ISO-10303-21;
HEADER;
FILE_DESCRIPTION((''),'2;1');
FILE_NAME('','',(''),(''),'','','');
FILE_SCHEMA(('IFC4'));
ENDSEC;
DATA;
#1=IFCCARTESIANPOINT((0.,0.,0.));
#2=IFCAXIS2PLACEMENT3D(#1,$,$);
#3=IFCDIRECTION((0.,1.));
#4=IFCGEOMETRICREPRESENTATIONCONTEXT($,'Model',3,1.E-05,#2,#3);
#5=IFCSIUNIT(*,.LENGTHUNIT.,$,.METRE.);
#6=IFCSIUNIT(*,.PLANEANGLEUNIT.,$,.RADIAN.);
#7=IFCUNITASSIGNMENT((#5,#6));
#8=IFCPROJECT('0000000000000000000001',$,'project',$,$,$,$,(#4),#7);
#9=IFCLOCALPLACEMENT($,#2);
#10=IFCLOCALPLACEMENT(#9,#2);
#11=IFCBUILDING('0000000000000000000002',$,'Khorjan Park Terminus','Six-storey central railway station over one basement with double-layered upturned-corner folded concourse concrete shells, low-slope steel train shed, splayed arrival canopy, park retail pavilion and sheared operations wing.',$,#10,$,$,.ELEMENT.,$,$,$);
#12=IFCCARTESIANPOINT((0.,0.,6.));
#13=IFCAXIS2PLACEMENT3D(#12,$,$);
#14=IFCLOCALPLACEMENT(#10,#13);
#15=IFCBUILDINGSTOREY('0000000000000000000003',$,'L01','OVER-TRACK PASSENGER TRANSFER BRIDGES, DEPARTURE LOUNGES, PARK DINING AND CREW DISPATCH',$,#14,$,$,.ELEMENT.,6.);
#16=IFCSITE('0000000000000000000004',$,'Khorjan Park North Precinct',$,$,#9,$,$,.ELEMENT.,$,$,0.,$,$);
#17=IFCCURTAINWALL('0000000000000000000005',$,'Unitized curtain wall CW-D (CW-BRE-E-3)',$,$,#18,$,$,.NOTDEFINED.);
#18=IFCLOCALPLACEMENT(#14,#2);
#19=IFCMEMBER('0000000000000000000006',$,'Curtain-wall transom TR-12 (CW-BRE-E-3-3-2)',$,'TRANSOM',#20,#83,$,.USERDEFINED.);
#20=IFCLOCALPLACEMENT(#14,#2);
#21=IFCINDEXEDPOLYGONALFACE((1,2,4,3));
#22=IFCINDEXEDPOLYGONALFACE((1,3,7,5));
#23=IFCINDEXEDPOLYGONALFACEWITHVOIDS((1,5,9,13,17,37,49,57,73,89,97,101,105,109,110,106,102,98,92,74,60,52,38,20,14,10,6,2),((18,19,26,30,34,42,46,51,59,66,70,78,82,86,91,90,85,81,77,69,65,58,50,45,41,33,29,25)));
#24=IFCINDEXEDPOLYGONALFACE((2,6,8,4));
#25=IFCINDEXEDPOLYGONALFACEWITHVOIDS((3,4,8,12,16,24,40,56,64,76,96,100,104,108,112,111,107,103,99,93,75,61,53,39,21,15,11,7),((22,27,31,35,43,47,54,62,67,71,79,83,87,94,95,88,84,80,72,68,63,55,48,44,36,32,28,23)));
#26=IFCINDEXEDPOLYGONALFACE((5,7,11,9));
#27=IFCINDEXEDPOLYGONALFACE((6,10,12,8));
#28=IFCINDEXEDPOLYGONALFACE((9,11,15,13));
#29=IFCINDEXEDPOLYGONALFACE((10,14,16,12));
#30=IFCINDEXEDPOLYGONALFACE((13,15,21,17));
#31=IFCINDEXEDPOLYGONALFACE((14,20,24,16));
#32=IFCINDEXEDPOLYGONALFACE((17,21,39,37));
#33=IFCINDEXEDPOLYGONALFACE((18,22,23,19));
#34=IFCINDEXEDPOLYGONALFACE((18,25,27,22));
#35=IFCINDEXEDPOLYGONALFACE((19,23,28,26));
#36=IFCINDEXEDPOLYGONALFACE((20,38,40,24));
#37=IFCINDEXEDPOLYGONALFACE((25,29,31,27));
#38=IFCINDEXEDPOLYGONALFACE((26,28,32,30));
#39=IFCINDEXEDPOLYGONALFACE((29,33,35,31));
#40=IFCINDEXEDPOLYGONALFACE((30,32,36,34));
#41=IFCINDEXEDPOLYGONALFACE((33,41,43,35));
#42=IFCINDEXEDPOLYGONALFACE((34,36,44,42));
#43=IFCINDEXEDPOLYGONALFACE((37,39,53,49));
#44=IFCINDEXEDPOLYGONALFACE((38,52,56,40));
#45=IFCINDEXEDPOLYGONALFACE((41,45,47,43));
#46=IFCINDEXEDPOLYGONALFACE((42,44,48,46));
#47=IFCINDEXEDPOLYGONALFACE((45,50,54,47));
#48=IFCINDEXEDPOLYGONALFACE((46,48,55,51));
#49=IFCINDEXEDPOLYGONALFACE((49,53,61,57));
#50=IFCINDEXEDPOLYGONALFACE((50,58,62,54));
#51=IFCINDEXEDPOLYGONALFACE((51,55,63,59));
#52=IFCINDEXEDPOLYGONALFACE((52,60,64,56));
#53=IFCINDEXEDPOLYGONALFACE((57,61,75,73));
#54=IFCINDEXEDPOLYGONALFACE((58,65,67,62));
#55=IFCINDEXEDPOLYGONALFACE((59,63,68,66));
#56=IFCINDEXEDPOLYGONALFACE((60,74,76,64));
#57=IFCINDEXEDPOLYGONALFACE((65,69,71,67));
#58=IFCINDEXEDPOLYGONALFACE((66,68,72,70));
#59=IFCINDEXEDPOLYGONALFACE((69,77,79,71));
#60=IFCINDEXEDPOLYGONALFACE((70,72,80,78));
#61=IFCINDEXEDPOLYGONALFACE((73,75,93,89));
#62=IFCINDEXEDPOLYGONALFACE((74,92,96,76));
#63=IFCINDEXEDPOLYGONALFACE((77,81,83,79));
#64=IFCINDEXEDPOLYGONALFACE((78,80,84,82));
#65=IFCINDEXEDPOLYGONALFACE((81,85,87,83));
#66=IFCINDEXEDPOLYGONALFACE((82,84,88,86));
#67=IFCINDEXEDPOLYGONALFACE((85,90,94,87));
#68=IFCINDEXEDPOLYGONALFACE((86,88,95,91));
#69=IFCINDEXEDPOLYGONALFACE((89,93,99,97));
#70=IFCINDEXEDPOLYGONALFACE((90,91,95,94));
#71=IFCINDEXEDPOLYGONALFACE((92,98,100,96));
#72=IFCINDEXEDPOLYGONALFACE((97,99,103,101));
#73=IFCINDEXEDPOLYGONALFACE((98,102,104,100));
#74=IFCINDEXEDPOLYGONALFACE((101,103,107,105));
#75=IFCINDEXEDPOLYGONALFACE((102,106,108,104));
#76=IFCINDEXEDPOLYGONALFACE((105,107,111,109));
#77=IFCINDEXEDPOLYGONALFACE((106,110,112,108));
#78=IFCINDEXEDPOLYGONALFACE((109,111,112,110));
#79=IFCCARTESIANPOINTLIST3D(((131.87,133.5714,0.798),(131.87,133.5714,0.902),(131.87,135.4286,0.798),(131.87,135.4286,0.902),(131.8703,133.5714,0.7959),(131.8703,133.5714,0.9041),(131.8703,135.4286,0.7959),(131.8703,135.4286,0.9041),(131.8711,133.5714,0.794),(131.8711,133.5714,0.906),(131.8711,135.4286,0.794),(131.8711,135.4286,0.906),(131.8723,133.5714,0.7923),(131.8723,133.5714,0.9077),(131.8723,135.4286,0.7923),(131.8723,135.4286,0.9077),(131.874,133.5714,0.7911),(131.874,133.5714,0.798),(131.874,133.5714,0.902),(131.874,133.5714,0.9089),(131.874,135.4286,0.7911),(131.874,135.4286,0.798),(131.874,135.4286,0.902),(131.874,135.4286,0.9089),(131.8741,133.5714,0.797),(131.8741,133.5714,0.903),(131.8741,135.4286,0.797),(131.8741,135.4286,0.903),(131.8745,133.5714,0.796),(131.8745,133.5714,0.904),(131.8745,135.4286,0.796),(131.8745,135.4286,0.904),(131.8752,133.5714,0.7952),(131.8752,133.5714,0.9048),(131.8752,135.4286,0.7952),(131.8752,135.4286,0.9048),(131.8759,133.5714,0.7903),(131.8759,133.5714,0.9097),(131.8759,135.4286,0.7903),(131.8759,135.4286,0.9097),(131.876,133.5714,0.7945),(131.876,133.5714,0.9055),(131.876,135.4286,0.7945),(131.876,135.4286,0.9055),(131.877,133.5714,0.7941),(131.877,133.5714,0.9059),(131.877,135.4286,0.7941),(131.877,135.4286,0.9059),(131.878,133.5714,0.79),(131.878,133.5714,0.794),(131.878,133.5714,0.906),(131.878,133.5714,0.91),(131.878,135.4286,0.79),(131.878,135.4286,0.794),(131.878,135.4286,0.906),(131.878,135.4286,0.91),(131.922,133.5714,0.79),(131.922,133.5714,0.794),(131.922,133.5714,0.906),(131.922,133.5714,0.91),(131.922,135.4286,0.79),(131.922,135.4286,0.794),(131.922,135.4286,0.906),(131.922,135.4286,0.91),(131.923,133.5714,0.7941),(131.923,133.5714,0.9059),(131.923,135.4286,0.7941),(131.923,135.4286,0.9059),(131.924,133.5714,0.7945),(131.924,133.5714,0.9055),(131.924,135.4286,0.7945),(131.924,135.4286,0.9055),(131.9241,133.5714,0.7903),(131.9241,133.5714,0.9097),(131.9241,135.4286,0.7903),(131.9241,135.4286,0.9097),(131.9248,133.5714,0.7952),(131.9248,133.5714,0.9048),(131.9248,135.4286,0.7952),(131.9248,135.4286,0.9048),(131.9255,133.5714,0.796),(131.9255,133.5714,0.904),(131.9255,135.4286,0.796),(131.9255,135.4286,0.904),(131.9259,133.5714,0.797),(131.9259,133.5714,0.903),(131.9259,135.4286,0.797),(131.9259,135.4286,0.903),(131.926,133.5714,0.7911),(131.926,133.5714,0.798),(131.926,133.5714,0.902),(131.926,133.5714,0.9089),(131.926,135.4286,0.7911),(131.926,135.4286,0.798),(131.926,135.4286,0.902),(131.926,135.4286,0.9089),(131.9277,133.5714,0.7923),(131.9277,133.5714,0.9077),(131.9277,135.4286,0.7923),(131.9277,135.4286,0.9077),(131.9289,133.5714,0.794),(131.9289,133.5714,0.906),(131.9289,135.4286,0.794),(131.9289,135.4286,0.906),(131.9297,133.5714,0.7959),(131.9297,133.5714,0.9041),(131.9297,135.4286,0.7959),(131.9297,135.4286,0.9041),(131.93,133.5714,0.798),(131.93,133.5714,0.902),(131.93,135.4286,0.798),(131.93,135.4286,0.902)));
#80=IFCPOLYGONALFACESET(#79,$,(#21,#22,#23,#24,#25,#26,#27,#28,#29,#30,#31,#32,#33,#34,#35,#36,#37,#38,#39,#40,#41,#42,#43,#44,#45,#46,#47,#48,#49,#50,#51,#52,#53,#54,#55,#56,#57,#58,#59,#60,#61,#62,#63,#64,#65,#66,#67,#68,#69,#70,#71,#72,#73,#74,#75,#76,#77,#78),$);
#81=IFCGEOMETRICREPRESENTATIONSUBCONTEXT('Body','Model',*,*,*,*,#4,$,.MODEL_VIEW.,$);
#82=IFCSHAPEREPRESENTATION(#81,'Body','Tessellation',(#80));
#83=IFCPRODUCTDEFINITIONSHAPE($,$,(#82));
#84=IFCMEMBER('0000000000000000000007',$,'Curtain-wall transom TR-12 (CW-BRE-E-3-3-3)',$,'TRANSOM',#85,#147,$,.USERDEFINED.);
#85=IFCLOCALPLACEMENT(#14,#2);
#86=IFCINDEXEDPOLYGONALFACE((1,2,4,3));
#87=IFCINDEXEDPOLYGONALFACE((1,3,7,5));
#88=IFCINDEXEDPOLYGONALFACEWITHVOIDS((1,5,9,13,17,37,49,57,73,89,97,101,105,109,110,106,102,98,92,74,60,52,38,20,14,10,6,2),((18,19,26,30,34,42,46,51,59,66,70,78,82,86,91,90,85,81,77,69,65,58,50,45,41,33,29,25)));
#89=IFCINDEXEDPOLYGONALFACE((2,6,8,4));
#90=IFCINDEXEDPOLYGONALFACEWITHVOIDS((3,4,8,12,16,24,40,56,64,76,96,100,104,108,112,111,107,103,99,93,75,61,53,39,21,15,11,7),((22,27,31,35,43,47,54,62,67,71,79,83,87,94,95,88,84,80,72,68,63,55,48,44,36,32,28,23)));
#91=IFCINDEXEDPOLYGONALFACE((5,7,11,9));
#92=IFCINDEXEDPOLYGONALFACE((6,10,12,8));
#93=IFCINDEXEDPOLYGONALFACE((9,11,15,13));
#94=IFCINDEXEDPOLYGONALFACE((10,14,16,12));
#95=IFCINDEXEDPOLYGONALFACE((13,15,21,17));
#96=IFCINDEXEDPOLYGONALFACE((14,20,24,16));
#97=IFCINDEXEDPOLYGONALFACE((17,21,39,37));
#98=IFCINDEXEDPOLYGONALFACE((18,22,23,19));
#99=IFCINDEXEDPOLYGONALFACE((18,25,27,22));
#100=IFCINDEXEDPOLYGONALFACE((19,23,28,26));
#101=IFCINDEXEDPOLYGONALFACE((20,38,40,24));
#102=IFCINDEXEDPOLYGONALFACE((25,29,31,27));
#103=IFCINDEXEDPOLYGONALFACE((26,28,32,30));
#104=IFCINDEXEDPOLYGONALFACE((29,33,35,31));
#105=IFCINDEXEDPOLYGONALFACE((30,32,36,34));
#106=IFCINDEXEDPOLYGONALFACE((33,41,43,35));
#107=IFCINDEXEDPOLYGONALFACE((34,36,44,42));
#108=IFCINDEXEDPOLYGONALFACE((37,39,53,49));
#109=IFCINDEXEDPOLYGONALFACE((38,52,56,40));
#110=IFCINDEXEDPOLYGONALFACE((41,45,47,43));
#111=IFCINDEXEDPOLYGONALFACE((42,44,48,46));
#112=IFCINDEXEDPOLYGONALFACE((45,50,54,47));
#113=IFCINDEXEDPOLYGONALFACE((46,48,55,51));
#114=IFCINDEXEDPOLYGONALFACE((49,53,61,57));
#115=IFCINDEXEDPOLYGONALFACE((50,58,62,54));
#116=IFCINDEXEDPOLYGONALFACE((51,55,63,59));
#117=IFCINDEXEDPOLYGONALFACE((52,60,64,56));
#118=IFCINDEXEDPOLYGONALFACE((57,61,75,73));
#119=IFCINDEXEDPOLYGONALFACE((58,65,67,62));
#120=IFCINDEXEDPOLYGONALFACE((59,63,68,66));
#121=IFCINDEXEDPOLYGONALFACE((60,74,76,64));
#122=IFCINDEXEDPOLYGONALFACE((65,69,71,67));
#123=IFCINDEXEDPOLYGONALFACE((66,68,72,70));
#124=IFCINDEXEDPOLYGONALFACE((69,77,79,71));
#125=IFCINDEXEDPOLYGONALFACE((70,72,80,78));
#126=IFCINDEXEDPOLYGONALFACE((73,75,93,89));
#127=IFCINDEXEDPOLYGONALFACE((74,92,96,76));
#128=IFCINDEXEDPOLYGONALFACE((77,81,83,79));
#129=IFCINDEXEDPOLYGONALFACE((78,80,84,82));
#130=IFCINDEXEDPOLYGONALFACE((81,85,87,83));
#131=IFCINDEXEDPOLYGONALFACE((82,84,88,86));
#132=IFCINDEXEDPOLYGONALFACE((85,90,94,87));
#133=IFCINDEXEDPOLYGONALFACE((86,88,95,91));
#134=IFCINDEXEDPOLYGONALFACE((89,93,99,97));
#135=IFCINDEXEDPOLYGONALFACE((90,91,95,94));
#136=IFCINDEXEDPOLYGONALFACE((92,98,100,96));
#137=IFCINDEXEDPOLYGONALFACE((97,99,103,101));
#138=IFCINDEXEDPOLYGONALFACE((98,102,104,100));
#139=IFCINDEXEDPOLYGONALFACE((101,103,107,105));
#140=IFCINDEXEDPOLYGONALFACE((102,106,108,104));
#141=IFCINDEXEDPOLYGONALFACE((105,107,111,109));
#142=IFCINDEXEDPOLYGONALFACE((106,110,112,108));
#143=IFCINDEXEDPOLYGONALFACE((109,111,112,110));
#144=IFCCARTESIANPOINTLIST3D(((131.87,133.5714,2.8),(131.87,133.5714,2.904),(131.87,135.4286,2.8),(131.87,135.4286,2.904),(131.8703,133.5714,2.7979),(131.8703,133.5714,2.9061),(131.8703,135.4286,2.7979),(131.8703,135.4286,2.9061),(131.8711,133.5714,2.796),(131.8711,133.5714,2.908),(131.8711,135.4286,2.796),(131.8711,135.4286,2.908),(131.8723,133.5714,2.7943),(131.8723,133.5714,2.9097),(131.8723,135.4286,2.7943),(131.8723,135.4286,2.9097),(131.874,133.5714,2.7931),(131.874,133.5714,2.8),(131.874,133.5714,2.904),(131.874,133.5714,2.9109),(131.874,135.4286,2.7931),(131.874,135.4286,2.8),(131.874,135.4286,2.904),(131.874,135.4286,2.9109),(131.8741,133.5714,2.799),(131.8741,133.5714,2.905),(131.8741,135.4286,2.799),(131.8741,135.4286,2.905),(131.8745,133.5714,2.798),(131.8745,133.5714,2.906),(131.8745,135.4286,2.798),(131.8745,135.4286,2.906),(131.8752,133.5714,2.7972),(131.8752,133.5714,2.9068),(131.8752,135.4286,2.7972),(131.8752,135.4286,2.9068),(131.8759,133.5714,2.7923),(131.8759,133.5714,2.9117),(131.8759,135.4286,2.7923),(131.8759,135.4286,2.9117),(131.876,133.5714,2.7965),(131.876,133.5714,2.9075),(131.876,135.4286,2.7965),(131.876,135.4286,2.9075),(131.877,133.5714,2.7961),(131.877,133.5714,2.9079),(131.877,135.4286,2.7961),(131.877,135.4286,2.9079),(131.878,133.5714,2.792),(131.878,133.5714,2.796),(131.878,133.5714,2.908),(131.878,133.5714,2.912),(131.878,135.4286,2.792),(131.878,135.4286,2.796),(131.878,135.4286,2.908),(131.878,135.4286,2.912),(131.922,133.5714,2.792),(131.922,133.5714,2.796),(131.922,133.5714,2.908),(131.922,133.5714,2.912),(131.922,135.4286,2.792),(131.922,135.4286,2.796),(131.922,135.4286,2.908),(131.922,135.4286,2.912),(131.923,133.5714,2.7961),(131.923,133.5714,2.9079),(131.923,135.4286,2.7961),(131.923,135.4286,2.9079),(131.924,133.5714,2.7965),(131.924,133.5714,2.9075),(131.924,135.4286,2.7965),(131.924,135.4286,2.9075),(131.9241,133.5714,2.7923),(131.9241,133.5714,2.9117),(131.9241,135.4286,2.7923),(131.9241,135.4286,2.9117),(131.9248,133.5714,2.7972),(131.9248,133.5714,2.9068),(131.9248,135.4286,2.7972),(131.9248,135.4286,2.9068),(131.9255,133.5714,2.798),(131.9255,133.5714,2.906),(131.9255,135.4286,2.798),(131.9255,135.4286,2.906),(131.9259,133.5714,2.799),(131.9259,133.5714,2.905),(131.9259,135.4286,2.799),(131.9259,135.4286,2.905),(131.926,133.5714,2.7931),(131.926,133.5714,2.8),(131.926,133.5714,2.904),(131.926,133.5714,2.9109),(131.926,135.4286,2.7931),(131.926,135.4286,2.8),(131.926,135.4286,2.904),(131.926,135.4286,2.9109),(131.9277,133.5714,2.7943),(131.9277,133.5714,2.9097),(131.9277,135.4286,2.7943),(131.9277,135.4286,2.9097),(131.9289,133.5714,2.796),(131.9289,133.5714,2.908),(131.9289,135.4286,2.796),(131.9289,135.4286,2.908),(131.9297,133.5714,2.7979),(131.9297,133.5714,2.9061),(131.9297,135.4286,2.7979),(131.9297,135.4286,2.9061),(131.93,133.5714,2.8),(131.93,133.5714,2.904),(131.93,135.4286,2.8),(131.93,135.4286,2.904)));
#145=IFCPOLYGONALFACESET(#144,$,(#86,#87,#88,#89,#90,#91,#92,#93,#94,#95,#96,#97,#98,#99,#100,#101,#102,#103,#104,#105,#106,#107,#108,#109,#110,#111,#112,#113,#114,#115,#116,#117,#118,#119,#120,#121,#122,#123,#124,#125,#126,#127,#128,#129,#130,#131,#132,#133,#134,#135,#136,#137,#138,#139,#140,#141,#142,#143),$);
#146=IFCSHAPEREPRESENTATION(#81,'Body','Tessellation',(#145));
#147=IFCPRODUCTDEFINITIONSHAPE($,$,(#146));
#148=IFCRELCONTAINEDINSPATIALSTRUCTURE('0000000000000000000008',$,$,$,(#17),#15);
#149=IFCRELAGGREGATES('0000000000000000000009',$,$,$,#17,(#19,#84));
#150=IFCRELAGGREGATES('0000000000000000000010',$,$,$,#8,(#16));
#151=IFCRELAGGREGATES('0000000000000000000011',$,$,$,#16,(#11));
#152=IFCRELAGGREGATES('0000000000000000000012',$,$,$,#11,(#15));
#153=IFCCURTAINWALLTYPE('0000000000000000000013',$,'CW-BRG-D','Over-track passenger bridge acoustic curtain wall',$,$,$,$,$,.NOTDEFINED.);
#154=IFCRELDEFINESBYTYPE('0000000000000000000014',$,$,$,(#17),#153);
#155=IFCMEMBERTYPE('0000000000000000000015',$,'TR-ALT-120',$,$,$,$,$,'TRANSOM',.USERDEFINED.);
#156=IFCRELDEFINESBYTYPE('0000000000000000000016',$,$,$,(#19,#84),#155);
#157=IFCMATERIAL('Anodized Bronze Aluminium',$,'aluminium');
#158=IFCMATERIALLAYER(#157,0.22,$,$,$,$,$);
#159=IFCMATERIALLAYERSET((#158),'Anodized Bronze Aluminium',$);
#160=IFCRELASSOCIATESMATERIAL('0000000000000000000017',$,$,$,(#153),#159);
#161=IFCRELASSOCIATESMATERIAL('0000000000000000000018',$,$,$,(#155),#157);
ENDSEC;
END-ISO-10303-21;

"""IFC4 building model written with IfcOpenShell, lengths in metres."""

from ifc_helpers import new_model, si_unit, direction, frame, origin, origin_2d, place, context, subcontext, project, spatial, hollow_rectangle, extrude, material, layer, layer_set, material_profile, profile_set, type_object, element, aggregate, save


model = new_model("IFC4")

# Units and contexts
model_context = context("Model", 3, precision=1e-05, world=origin(), true_north=direction((0.0, 1.0)))
body_context = subcontext(model_context, "Body", "Model", "MODEL_VIEW")
ifc_project = project(units=[si_unit("LENGTHUNIT", "METRE"), si_unit("PLANEANGLEUNIT", "RADIAN")], contexts=[model_context])

# Site, building, storey
site_placement = place(None, origin())
site = spatial("IfcSite", under=ifc_project, at=site_placement, Name="Khorjan Park North Precinct", CompositionType="ELEMENT", RefElevation=0.0)
building_placement = place(site_placement, origin())
building = spatial("IfcBuilding", under=site, at=building_placement, Name="Khorjan Park Terminus", Description="Six-storey central railway station over one basement with double-layered upturned-corner folded concourse concrete shells, low-slope steel train shed, splayed arrival canopy, park retail pavilion and sheared operations wing.", CompositionType="ELEMENT")
storey_placement = place(building_placement, frame((0.0, 0.0, 6.0)))
storey = spatial("IfcBuildingStorey", under=building, at=storey_placement, Name="L01", Description="OVER-TRACK PASSENGER TRANSFER BRIDGES, DEPARTURE LOUNGES, PARK DINING AND CREW DISPATCH", CompositionType="ELEMENT", Elevation=6.0)

# Curtain wall, members
ifc_material_1 = material(Name="Anodized Bronze Aluminium", Category="aluminium")
ifc_layer_1 = layer(ifc_material_1, 0.22)
ifc_layer_set_1 = layer_set([ifc_layer_1], Name="Anodized Bronze Aluminium")
curtain_wall_type = type_object("IfcCurtainWallType", Name="CW-BRG-D", Description="Over-track passenger bridge acoustic curtain wall", PredefinedType="NOTDEFINED", material=ifc_layer_set_1)
curtain_wall_placement = place(storey_placement, origin())
curtain_wall = element("IfcCurtainWall", 1, at=curtain_wall_placement, inside=storey, type_object=curtain_wall_type, Name="Unitized curtain wall CW-D (CW-BRE-E-3)", PredefinedType="NOTDEFINED")
ifc_material_profile_1 = material_profile(ifc_material_1, hollow_rectangle(XDim=0.06, YDim=0.12, WallThickness=0.004, InnerFilletRadius=0.004, OuterFilletRadius=0.008, at=origin_2d()), Name="ALT 60x120x4")
ifc_profile_set_1 = profile_set([ifc_material_profile_1], Name="Anodized Bronze Aluminium")
member_type_1 = type_object("IfcMemberType", Name="TR-ALT-120", ElementType="TRANSOM", PredefinedType="USERDEFINED", material=ifc_profile_set_1)
member_1_placement = place(storey_placement, frame((131.9, 133.5714, 0.85), z_axis=(0.0, 1.0, 0.0), x_axis=(-1.0, 0.0, 0.0)))
member_1 = element("IfcMember", 2, at=member_1_placement, type_object=member_type_1, Name="Curtain-wall transom TR-12 (CW-BRE-E-3-3-2)", ObjectType="TRANSOM", PredefinedType="USERDEFINED", context=body_context, shape_type="SweptSolid", body=[
    extrude(hollow_rectangle(XDim=0.06, YDim=0.12, WallThickness=0.004, InnerFilletRadius=0.004, OuterFilletRadius=0.008, at=origin_2d()), origin(), (0.0, 0.0, 1.0), 1.8572),
])
member_2_placement = place(storey_placement, frame((131.9, 133.5714, 2.852), z_axis=(0.0, 1.0, 0.0), x_axis=(-1.0, 0.0, 0.0)))
member_2 = element("IfcMember", 3, at=member_2_placement, type_object=member_type_1, Name="Curtain-wall transom TR-12 (CW-BRE-E-3-3-3)", ObjectType="TRANSOM", PredefinedType="USERDEFINED", context=body_context, shape_type="SweptSolid", body=[
    extrude(hollow_rectangle(XDim=0.06, YDim=0.12, WallThickness=0.004, InnerFilletRadius=0.004, OuterFilletRadius=0.008, at=origin_2d()), origin(), (0.0, 0.0, 1.0), 1.8572),
])
aggregate(curtain_wall, [member_1, member_2])

save(model, "model.ifc")
